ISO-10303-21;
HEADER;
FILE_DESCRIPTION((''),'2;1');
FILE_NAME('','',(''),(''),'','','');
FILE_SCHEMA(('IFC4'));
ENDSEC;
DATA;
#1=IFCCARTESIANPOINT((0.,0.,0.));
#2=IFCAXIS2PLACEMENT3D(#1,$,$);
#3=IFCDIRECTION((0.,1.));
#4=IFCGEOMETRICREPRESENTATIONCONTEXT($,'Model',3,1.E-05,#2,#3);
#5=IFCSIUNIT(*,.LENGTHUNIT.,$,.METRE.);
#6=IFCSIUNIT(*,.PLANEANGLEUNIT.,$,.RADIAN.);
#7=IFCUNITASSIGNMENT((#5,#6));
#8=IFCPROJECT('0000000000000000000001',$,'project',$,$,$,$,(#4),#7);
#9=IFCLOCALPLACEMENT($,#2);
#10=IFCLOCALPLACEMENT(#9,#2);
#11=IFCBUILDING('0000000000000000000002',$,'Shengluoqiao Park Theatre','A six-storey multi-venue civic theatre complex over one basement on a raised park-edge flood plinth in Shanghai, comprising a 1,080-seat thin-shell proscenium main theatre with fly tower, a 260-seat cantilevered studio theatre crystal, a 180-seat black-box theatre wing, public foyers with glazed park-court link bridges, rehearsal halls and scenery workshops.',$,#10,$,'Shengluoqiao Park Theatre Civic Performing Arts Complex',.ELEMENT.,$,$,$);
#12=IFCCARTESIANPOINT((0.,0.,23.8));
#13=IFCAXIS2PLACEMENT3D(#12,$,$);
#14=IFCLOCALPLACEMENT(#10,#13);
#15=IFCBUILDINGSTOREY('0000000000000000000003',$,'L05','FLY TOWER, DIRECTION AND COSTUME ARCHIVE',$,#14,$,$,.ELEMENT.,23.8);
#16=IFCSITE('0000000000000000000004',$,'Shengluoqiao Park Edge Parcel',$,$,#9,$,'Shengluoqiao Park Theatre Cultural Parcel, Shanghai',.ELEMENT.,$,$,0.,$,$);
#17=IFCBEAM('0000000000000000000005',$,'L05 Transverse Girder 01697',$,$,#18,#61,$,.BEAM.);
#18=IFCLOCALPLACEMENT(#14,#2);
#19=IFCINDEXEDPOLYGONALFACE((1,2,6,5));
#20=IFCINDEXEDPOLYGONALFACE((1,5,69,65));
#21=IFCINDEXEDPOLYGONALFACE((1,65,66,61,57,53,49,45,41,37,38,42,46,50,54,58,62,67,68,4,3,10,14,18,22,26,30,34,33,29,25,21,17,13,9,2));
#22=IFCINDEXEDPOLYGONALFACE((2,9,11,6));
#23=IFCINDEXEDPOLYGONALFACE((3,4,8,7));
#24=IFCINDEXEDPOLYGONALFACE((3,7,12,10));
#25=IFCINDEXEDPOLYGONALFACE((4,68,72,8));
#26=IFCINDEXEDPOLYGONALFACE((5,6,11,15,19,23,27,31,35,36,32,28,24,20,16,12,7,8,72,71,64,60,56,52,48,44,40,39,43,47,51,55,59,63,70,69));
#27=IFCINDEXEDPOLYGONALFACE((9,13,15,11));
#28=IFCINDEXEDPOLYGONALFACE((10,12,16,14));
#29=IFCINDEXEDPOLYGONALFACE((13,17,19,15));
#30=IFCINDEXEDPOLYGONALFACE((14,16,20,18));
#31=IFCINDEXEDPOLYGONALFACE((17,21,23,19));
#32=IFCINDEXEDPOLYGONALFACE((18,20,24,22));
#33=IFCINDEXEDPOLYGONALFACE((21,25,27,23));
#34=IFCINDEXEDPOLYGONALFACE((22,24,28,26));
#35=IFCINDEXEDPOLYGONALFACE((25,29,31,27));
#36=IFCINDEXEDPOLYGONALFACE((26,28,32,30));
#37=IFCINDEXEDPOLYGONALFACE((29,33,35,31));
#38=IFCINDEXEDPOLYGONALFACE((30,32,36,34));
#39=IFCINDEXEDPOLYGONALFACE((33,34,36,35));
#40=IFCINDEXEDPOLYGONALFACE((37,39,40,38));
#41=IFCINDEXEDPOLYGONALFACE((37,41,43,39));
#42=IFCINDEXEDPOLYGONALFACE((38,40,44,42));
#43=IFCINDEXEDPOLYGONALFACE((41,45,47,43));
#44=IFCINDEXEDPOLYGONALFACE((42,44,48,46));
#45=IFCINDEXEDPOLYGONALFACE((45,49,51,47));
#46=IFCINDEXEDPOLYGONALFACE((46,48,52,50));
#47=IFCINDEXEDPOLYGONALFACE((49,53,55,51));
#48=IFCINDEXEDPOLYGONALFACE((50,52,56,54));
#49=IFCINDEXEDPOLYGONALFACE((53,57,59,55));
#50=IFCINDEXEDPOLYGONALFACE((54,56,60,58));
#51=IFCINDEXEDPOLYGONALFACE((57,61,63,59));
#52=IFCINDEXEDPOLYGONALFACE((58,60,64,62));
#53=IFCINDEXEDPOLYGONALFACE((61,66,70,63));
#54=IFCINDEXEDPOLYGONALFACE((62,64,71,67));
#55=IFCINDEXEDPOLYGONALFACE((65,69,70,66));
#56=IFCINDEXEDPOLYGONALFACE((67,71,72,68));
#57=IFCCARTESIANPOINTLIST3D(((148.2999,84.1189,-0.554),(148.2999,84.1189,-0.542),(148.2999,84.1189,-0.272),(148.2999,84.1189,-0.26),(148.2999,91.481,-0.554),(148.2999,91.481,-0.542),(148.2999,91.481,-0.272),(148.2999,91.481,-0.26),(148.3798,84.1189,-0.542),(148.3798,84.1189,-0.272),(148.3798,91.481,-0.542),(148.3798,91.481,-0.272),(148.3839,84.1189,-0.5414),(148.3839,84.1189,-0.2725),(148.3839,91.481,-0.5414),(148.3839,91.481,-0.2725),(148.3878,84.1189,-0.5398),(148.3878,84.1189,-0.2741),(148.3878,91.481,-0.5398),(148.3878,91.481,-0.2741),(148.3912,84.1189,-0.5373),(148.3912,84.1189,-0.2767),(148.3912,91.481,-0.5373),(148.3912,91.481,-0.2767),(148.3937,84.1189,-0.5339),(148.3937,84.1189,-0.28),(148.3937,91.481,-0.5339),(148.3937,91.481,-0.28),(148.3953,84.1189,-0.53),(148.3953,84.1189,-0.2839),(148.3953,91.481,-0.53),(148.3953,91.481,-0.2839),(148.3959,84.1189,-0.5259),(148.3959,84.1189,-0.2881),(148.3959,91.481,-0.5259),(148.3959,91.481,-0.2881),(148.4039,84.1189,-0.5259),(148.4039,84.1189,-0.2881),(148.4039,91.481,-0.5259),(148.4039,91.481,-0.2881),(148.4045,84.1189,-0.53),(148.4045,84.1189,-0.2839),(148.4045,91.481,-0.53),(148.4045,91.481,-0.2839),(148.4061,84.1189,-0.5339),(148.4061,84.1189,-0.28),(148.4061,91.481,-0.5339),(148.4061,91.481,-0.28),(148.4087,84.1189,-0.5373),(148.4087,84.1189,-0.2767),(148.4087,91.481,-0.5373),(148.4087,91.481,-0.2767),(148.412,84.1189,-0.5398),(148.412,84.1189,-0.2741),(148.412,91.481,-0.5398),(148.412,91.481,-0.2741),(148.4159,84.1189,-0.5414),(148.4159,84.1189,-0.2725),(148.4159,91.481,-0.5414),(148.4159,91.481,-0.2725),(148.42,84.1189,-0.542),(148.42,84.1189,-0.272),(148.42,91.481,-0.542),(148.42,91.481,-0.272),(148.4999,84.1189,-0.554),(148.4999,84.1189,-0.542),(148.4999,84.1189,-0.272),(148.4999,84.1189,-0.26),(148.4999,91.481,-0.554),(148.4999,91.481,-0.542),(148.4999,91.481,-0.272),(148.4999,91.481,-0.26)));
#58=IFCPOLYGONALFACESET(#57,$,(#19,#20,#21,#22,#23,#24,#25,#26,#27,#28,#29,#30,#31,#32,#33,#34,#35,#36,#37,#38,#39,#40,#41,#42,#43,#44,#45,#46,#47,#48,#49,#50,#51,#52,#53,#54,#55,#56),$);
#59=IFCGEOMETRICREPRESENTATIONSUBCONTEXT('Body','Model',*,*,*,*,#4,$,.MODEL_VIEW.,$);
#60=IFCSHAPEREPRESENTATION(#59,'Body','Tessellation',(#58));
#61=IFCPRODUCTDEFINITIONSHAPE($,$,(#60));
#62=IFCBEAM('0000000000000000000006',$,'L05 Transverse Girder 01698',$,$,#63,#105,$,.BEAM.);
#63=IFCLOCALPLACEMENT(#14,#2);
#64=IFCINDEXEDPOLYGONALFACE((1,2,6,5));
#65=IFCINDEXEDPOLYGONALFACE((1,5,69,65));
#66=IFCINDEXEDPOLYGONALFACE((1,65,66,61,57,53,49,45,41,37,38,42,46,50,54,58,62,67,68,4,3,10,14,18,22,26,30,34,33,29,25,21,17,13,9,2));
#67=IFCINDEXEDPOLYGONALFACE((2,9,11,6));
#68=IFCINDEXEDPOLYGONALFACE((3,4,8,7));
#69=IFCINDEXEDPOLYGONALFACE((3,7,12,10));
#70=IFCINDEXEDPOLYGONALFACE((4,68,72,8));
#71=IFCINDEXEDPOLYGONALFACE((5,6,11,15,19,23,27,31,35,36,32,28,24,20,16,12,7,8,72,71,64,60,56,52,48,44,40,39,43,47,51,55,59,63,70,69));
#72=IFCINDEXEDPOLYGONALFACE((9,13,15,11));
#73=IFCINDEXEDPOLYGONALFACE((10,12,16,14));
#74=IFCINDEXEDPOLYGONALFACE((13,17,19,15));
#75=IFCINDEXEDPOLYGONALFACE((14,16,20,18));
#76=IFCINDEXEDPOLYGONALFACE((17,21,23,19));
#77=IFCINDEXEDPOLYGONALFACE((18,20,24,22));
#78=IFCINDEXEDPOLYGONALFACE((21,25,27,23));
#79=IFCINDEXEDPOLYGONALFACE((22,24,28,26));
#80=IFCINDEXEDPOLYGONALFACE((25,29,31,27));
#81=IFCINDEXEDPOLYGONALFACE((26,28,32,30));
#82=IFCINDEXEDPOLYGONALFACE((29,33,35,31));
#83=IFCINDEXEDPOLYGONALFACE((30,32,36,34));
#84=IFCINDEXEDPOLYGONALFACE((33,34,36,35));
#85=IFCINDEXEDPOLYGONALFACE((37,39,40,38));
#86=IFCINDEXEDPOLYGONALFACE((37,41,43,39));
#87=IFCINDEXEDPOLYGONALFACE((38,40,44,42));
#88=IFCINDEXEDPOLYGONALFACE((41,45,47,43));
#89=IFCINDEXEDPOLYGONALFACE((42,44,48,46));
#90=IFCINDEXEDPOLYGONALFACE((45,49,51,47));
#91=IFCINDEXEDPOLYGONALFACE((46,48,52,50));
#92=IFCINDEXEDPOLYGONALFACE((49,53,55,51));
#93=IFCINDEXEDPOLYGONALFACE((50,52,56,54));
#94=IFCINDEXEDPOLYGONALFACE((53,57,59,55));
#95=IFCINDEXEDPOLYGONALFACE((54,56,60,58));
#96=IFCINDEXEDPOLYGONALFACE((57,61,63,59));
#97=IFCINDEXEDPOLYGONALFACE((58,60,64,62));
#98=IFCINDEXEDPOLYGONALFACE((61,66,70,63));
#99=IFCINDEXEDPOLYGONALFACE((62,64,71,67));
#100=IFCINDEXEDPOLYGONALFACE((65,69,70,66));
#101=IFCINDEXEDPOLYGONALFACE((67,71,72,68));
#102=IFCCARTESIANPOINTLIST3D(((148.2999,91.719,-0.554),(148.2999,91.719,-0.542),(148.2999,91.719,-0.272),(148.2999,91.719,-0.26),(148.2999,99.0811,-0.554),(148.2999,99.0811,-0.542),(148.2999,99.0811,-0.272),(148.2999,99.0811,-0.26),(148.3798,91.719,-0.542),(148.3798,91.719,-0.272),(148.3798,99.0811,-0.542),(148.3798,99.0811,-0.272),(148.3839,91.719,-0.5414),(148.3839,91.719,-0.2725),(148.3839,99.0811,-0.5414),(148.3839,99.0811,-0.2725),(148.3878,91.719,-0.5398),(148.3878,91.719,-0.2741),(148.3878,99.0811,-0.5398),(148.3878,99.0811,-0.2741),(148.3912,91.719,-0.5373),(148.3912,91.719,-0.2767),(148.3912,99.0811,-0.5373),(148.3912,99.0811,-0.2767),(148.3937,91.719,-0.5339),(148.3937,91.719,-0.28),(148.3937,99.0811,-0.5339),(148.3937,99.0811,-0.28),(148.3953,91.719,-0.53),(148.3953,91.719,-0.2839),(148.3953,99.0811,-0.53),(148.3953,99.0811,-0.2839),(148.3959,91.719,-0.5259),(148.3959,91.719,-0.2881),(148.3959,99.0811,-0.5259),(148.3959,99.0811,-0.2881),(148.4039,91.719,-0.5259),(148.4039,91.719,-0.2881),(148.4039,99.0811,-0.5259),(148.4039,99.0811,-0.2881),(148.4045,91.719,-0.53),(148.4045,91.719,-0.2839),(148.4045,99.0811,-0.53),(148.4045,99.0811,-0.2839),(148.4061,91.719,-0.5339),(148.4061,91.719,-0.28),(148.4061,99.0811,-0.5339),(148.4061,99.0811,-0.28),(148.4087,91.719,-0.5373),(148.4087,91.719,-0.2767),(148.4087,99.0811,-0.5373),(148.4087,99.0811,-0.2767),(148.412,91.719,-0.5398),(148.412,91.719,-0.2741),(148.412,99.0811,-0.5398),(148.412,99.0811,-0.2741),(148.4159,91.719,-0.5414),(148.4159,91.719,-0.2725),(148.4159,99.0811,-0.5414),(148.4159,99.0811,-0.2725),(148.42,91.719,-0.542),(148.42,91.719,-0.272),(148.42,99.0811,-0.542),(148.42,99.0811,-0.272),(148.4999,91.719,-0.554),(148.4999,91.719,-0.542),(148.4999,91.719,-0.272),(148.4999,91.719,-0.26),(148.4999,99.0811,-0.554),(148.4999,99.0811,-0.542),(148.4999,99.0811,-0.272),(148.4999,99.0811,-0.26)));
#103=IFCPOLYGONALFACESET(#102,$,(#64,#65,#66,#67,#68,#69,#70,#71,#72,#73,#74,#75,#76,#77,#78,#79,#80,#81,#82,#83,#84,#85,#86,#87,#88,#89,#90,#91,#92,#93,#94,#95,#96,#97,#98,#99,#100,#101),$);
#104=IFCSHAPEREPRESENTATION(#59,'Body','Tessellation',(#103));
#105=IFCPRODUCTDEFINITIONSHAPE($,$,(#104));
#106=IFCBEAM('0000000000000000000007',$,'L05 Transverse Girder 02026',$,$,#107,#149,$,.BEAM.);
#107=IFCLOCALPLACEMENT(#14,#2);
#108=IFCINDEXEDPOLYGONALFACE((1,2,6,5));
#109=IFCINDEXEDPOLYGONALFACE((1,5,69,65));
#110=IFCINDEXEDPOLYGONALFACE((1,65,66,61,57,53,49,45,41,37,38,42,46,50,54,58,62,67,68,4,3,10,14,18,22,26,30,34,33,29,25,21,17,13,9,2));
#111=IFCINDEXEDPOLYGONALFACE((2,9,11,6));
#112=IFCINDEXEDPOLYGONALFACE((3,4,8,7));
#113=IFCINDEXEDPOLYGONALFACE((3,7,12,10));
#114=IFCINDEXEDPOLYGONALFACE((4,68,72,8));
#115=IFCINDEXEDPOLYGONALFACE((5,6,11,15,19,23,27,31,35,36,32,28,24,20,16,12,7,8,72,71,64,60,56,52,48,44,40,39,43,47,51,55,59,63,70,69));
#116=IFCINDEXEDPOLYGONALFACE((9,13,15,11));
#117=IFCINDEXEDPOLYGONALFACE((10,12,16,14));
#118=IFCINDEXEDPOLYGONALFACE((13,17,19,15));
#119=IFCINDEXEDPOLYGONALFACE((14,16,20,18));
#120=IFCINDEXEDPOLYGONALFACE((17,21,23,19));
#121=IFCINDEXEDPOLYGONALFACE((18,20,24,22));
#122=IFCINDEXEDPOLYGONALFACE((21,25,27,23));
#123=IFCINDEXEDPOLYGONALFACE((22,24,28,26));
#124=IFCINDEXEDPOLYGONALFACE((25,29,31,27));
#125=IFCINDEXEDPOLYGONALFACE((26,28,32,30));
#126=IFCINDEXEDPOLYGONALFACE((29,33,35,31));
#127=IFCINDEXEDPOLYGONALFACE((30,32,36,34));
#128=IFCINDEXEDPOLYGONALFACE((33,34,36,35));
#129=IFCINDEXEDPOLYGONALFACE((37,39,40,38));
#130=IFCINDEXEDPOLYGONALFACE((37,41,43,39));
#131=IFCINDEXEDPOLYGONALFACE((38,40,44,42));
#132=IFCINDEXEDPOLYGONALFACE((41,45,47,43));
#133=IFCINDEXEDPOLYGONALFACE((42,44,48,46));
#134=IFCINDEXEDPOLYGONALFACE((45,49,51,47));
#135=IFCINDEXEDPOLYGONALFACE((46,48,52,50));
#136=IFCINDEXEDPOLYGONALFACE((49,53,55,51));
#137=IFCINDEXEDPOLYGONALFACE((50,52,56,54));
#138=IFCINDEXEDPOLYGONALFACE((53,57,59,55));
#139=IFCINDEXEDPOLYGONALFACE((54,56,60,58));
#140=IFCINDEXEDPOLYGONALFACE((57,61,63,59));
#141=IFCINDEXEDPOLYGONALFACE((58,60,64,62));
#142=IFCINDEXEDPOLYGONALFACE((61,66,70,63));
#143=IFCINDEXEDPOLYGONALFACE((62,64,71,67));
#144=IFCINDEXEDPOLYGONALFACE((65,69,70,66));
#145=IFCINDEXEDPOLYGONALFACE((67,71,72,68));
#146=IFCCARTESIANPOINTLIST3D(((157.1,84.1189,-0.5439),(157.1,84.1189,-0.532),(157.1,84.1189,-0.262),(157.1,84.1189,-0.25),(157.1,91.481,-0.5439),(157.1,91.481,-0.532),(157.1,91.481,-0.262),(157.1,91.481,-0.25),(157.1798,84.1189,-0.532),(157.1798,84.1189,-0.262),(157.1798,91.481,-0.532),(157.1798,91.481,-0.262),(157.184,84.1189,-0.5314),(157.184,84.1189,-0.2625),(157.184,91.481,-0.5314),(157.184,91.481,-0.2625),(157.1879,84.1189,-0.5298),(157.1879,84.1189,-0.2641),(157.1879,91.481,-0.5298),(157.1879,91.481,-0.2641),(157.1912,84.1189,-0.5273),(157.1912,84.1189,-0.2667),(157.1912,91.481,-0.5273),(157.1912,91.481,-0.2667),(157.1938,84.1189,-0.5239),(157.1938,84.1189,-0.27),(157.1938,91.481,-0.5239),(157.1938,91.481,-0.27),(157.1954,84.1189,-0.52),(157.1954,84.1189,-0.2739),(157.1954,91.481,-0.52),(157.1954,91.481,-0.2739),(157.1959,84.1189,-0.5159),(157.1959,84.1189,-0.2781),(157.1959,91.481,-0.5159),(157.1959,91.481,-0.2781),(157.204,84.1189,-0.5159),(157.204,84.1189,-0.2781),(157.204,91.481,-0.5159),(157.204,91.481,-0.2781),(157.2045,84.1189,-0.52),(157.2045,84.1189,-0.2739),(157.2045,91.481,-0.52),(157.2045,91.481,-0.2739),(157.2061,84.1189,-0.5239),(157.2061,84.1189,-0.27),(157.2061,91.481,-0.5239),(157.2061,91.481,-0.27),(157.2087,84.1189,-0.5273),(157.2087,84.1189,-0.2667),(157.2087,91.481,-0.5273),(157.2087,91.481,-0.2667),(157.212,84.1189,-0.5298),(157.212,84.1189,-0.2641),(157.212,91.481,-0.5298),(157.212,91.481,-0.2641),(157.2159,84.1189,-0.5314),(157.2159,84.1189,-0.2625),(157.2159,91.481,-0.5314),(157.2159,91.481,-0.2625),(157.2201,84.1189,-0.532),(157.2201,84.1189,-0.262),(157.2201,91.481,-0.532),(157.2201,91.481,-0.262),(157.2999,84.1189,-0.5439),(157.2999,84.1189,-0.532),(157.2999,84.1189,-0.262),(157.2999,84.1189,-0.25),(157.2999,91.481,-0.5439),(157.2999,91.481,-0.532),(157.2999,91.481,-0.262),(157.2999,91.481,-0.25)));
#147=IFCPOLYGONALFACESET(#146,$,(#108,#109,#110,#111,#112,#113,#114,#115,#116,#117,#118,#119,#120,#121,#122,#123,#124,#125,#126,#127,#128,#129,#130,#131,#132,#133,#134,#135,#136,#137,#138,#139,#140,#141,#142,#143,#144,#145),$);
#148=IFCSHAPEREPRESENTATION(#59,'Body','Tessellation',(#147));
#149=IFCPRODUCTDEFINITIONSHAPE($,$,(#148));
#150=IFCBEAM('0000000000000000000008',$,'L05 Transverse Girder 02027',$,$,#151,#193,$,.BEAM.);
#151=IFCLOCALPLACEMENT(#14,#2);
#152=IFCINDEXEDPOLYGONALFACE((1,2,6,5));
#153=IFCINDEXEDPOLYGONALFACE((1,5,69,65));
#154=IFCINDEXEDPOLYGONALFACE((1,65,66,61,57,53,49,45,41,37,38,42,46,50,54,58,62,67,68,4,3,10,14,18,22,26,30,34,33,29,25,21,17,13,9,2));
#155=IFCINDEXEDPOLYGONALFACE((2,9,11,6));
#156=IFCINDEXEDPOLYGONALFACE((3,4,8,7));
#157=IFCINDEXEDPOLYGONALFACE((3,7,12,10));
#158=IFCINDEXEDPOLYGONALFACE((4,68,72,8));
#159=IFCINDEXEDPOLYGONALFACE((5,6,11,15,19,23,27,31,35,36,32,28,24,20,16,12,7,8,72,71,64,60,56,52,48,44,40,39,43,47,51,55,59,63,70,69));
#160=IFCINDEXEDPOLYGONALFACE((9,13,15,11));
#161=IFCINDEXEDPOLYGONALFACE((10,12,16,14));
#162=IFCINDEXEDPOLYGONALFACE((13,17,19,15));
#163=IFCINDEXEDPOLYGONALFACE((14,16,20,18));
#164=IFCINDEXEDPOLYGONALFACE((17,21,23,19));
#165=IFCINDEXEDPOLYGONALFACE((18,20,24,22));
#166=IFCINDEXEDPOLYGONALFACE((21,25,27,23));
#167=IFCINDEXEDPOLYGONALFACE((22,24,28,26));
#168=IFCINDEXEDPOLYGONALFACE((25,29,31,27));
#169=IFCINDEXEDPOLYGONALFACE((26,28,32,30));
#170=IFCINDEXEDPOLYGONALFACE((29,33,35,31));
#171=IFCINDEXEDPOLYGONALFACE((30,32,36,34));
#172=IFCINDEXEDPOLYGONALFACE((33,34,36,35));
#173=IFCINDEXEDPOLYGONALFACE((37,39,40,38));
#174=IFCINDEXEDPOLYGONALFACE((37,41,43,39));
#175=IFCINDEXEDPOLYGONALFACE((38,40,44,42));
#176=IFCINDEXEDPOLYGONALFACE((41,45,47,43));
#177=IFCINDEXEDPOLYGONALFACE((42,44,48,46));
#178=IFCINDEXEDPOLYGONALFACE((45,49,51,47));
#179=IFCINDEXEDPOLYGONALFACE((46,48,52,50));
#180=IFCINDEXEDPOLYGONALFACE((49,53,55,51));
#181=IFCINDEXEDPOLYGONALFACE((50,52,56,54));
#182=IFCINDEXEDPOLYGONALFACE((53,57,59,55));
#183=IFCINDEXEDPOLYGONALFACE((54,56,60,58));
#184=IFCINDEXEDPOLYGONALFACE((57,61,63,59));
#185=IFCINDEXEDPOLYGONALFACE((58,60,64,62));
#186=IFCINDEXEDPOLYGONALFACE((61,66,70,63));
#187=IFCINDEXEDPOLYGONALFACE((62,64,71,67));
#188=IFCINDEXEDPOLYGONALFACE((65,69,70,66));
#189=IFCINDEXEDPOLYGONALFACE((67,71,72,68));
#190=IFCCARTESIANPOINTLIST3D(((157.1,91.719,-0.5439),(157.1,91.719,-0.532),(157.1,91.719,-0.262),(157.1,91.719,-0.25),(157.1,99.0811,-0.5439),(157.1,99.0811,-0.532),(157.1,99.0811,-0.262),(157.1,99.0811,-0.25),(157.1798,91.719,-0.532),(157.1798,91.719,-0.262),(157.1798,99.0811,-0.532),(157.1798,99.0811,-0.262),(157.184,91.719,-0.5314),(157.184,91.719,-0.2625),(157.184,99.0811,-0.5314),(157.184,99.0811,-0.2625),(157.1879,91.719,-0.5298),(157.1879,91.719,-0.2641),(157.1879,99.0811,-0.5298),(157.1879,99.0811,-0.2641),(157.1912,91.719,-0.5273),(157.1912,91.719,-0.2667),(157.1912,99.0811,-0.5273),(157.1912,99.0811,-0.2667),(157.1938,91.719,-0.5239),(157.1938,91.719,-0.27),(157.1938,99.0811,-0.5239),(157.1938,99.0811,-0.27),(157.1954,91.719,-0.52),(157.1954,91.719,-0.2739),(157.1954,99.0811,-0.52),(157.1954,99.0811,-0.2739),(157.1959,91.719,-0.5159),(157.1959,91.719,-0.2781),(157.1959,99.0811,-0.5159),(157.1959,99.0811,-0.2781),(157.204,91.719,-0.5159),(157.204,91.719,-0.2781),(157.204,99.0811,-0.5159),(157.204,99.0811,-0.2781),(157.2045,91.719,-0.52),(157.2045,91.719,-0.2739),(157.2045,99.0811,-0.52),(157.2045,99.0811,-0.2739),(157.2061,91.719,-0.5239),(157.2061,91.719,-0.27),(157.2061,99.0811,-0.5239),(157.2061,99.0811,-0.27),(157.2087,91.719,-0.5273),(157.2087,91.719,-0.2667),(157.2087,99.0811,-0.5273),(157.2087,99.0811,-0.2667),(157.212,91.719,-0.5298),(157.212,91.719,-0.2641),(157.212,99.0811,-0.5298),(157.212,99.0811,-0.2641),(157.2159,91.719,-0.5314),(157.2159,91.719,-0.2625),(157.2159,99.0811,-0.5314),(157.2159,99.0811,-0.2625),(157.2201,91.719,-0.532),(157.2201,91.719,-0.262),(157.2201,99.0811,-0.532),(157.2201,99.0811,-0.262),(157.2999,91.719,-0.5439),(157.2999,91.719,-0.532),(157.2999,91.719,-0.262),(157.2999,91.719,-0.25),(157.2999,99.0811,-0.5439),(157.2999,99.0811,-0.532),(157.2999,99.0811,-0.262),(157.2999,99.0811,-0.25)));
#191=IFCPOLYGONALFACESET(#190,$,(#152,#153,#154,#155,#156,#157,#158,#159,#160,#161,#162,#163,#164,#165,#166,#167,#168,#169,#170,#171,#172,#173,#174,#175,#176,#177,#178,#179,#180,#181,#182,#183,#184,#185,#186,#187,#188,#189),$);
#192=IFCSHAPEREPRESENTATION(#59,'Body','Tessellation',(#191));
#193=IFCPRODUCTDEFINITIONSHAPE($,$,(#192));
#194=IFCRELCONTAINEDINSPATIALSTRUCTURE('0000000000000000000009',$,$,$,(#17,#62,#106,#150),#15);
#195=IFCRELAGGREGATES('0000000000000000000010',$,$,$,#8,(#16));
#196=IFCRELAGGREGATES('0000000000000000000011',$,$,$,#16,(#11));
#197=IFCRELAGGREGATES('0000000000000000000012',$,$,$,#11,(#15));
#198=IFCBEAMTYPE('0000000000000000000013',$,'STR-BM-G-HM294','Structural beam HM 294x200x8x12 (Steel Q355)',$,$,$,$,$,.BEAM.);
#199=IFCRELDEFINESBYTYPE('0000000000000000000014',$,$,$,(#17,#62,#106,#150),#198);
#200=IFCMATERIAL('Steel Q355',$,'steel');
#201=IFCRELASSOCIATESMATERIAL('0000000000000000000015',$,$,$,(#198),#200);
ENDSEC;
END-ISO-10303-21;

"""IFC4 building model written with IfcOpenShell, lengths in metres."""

from ifc_helpers import new_model, si_unit, direction, frame, origin, origin_2d, place, context, subcontext, project, spatial, i_section, extrude, material, material_profile, profile_set, type_object, element, save


model = new_model("IFC4")

# Units and contexts
model_context = context("Model", 3, precision=1e-05, world=origin(), true_north=direction((0.0, 1.0)))
body_context = subcontext(model_context, "Body", "Model", "MODEL_VIEW")
ifc_project = project(units=[si_unit("LENGTHUNIT", "METRE"), si_unit("PLANEANGLEUNIT", "RADIAN")], contexts=[model_context])

# Site, building, storey
site_placement = place(None, origin())
site = spatial("IfcSite", under=ifc_project, at=site_placement, Name="Shengluoqiao Park Edge Parcel", LongName="Shengluoqiao Park Theatre Cultural Parcel, Shanghai", CompositionType="ELEMENT", RefElevation=0.0)
building_placement = place(site_placement, origin())
building = spatial("IfcBuilding", under=site, at=building_placement, Name="Shengluoqiao Park Theatre", Description="A six-storey multi-venue civic theatre complex over one basement on a raised park-edge flood plinth in Shanghai, comprising a 1,080-seat thin-shell proscenium main theatre with fly tower, a 260-seat cantilevered studio theatre crystal, a 180-seat black-box theatre wing, public foyers with glazed park-court link bridges, rehearsal halls and scenery workshops.", LongName="Shengluoqiao Park Theatre Civic Performing Arts Complex", CompositionType="ELEMENT")
storey_placement = place(building_placement, frame((0.0, 0.0, 23.8)))
storey = spatial("IfcBuildingStorey", under=building, at=storey_placement, Name="L05", Description="FLY TOWER, DIRECTION AND COSTUME ARCHIVE", CompositionType="ELEMENT", Elevation=23.8)

# Shared definitions
ifc_material_1 = material(Name="Steel Q355", Category="steel")

# Beams
ifc_material_profile_1 = material_profile(ifc_material_1, i_section(OverallWidth=0.2, OverallDepth=0.2939, WebThickness=0.0081, FlangeThickness=0.012, FilletRadius=0.0161, at=origin_2d()), Name="HM 294x200x8x12")
ifc_profile_set_1 = profile_set([ifc_material_profile_1], Name="Steel Q355")
beam_type_1 = type_object("IfcBeamType", Name="STR-BM-G-HM294", Description="Structural beam HM 294x200x8x12 (Steel Q355)", PredefinedType="BEAM", material=ifc_profile_set_1)
for number, where, z_axis, x_axis, name in (
    (1, (148.3999, 84.1189, -0.407), (0.0, 1.0, 0.0), (-1.0, 0.0, 0.0), "L05 Transverse Girder 01697"),
    (2, (148.3999, 91.719, -0.407), (0.0, 1.0, 0.0), (-1.0, 0.0, 0.0), "L05 Transverse Girder 01698"),
    (3, (157.2, 84.1189, -0.397), (0.0, 1.0, 0.0), (-1.0, 0.0, 0.0), "L05 Transverse Girder 02026"),
    (4, (157.2, 91.719, -0.397), (0.0, 1.0, 0.0), (-1.0, 0.0, 0.0), "L05 Transverse Girder 02027"),
):
    element("IfcBeam", number, at=place(storey_placement, frame(where, z_axis=z_axis, x_axis=x_axis)), inside=storey, type_object=beam_type_1, Name=name, PredefinedType="BEAM", context=body_context, shape_type="SweptSolid", body=[
        extrude(i_section(OverallWidth=0.2, OverallDepth=0.2939, WebThickness=0.0081, FlangeThickness=0.012, FilletRadius=0.0161, at=origin_2d()), origin(), (0.0, 0.0, 1.0), 7.3621),
    ])

save(model, "model.ifc")
